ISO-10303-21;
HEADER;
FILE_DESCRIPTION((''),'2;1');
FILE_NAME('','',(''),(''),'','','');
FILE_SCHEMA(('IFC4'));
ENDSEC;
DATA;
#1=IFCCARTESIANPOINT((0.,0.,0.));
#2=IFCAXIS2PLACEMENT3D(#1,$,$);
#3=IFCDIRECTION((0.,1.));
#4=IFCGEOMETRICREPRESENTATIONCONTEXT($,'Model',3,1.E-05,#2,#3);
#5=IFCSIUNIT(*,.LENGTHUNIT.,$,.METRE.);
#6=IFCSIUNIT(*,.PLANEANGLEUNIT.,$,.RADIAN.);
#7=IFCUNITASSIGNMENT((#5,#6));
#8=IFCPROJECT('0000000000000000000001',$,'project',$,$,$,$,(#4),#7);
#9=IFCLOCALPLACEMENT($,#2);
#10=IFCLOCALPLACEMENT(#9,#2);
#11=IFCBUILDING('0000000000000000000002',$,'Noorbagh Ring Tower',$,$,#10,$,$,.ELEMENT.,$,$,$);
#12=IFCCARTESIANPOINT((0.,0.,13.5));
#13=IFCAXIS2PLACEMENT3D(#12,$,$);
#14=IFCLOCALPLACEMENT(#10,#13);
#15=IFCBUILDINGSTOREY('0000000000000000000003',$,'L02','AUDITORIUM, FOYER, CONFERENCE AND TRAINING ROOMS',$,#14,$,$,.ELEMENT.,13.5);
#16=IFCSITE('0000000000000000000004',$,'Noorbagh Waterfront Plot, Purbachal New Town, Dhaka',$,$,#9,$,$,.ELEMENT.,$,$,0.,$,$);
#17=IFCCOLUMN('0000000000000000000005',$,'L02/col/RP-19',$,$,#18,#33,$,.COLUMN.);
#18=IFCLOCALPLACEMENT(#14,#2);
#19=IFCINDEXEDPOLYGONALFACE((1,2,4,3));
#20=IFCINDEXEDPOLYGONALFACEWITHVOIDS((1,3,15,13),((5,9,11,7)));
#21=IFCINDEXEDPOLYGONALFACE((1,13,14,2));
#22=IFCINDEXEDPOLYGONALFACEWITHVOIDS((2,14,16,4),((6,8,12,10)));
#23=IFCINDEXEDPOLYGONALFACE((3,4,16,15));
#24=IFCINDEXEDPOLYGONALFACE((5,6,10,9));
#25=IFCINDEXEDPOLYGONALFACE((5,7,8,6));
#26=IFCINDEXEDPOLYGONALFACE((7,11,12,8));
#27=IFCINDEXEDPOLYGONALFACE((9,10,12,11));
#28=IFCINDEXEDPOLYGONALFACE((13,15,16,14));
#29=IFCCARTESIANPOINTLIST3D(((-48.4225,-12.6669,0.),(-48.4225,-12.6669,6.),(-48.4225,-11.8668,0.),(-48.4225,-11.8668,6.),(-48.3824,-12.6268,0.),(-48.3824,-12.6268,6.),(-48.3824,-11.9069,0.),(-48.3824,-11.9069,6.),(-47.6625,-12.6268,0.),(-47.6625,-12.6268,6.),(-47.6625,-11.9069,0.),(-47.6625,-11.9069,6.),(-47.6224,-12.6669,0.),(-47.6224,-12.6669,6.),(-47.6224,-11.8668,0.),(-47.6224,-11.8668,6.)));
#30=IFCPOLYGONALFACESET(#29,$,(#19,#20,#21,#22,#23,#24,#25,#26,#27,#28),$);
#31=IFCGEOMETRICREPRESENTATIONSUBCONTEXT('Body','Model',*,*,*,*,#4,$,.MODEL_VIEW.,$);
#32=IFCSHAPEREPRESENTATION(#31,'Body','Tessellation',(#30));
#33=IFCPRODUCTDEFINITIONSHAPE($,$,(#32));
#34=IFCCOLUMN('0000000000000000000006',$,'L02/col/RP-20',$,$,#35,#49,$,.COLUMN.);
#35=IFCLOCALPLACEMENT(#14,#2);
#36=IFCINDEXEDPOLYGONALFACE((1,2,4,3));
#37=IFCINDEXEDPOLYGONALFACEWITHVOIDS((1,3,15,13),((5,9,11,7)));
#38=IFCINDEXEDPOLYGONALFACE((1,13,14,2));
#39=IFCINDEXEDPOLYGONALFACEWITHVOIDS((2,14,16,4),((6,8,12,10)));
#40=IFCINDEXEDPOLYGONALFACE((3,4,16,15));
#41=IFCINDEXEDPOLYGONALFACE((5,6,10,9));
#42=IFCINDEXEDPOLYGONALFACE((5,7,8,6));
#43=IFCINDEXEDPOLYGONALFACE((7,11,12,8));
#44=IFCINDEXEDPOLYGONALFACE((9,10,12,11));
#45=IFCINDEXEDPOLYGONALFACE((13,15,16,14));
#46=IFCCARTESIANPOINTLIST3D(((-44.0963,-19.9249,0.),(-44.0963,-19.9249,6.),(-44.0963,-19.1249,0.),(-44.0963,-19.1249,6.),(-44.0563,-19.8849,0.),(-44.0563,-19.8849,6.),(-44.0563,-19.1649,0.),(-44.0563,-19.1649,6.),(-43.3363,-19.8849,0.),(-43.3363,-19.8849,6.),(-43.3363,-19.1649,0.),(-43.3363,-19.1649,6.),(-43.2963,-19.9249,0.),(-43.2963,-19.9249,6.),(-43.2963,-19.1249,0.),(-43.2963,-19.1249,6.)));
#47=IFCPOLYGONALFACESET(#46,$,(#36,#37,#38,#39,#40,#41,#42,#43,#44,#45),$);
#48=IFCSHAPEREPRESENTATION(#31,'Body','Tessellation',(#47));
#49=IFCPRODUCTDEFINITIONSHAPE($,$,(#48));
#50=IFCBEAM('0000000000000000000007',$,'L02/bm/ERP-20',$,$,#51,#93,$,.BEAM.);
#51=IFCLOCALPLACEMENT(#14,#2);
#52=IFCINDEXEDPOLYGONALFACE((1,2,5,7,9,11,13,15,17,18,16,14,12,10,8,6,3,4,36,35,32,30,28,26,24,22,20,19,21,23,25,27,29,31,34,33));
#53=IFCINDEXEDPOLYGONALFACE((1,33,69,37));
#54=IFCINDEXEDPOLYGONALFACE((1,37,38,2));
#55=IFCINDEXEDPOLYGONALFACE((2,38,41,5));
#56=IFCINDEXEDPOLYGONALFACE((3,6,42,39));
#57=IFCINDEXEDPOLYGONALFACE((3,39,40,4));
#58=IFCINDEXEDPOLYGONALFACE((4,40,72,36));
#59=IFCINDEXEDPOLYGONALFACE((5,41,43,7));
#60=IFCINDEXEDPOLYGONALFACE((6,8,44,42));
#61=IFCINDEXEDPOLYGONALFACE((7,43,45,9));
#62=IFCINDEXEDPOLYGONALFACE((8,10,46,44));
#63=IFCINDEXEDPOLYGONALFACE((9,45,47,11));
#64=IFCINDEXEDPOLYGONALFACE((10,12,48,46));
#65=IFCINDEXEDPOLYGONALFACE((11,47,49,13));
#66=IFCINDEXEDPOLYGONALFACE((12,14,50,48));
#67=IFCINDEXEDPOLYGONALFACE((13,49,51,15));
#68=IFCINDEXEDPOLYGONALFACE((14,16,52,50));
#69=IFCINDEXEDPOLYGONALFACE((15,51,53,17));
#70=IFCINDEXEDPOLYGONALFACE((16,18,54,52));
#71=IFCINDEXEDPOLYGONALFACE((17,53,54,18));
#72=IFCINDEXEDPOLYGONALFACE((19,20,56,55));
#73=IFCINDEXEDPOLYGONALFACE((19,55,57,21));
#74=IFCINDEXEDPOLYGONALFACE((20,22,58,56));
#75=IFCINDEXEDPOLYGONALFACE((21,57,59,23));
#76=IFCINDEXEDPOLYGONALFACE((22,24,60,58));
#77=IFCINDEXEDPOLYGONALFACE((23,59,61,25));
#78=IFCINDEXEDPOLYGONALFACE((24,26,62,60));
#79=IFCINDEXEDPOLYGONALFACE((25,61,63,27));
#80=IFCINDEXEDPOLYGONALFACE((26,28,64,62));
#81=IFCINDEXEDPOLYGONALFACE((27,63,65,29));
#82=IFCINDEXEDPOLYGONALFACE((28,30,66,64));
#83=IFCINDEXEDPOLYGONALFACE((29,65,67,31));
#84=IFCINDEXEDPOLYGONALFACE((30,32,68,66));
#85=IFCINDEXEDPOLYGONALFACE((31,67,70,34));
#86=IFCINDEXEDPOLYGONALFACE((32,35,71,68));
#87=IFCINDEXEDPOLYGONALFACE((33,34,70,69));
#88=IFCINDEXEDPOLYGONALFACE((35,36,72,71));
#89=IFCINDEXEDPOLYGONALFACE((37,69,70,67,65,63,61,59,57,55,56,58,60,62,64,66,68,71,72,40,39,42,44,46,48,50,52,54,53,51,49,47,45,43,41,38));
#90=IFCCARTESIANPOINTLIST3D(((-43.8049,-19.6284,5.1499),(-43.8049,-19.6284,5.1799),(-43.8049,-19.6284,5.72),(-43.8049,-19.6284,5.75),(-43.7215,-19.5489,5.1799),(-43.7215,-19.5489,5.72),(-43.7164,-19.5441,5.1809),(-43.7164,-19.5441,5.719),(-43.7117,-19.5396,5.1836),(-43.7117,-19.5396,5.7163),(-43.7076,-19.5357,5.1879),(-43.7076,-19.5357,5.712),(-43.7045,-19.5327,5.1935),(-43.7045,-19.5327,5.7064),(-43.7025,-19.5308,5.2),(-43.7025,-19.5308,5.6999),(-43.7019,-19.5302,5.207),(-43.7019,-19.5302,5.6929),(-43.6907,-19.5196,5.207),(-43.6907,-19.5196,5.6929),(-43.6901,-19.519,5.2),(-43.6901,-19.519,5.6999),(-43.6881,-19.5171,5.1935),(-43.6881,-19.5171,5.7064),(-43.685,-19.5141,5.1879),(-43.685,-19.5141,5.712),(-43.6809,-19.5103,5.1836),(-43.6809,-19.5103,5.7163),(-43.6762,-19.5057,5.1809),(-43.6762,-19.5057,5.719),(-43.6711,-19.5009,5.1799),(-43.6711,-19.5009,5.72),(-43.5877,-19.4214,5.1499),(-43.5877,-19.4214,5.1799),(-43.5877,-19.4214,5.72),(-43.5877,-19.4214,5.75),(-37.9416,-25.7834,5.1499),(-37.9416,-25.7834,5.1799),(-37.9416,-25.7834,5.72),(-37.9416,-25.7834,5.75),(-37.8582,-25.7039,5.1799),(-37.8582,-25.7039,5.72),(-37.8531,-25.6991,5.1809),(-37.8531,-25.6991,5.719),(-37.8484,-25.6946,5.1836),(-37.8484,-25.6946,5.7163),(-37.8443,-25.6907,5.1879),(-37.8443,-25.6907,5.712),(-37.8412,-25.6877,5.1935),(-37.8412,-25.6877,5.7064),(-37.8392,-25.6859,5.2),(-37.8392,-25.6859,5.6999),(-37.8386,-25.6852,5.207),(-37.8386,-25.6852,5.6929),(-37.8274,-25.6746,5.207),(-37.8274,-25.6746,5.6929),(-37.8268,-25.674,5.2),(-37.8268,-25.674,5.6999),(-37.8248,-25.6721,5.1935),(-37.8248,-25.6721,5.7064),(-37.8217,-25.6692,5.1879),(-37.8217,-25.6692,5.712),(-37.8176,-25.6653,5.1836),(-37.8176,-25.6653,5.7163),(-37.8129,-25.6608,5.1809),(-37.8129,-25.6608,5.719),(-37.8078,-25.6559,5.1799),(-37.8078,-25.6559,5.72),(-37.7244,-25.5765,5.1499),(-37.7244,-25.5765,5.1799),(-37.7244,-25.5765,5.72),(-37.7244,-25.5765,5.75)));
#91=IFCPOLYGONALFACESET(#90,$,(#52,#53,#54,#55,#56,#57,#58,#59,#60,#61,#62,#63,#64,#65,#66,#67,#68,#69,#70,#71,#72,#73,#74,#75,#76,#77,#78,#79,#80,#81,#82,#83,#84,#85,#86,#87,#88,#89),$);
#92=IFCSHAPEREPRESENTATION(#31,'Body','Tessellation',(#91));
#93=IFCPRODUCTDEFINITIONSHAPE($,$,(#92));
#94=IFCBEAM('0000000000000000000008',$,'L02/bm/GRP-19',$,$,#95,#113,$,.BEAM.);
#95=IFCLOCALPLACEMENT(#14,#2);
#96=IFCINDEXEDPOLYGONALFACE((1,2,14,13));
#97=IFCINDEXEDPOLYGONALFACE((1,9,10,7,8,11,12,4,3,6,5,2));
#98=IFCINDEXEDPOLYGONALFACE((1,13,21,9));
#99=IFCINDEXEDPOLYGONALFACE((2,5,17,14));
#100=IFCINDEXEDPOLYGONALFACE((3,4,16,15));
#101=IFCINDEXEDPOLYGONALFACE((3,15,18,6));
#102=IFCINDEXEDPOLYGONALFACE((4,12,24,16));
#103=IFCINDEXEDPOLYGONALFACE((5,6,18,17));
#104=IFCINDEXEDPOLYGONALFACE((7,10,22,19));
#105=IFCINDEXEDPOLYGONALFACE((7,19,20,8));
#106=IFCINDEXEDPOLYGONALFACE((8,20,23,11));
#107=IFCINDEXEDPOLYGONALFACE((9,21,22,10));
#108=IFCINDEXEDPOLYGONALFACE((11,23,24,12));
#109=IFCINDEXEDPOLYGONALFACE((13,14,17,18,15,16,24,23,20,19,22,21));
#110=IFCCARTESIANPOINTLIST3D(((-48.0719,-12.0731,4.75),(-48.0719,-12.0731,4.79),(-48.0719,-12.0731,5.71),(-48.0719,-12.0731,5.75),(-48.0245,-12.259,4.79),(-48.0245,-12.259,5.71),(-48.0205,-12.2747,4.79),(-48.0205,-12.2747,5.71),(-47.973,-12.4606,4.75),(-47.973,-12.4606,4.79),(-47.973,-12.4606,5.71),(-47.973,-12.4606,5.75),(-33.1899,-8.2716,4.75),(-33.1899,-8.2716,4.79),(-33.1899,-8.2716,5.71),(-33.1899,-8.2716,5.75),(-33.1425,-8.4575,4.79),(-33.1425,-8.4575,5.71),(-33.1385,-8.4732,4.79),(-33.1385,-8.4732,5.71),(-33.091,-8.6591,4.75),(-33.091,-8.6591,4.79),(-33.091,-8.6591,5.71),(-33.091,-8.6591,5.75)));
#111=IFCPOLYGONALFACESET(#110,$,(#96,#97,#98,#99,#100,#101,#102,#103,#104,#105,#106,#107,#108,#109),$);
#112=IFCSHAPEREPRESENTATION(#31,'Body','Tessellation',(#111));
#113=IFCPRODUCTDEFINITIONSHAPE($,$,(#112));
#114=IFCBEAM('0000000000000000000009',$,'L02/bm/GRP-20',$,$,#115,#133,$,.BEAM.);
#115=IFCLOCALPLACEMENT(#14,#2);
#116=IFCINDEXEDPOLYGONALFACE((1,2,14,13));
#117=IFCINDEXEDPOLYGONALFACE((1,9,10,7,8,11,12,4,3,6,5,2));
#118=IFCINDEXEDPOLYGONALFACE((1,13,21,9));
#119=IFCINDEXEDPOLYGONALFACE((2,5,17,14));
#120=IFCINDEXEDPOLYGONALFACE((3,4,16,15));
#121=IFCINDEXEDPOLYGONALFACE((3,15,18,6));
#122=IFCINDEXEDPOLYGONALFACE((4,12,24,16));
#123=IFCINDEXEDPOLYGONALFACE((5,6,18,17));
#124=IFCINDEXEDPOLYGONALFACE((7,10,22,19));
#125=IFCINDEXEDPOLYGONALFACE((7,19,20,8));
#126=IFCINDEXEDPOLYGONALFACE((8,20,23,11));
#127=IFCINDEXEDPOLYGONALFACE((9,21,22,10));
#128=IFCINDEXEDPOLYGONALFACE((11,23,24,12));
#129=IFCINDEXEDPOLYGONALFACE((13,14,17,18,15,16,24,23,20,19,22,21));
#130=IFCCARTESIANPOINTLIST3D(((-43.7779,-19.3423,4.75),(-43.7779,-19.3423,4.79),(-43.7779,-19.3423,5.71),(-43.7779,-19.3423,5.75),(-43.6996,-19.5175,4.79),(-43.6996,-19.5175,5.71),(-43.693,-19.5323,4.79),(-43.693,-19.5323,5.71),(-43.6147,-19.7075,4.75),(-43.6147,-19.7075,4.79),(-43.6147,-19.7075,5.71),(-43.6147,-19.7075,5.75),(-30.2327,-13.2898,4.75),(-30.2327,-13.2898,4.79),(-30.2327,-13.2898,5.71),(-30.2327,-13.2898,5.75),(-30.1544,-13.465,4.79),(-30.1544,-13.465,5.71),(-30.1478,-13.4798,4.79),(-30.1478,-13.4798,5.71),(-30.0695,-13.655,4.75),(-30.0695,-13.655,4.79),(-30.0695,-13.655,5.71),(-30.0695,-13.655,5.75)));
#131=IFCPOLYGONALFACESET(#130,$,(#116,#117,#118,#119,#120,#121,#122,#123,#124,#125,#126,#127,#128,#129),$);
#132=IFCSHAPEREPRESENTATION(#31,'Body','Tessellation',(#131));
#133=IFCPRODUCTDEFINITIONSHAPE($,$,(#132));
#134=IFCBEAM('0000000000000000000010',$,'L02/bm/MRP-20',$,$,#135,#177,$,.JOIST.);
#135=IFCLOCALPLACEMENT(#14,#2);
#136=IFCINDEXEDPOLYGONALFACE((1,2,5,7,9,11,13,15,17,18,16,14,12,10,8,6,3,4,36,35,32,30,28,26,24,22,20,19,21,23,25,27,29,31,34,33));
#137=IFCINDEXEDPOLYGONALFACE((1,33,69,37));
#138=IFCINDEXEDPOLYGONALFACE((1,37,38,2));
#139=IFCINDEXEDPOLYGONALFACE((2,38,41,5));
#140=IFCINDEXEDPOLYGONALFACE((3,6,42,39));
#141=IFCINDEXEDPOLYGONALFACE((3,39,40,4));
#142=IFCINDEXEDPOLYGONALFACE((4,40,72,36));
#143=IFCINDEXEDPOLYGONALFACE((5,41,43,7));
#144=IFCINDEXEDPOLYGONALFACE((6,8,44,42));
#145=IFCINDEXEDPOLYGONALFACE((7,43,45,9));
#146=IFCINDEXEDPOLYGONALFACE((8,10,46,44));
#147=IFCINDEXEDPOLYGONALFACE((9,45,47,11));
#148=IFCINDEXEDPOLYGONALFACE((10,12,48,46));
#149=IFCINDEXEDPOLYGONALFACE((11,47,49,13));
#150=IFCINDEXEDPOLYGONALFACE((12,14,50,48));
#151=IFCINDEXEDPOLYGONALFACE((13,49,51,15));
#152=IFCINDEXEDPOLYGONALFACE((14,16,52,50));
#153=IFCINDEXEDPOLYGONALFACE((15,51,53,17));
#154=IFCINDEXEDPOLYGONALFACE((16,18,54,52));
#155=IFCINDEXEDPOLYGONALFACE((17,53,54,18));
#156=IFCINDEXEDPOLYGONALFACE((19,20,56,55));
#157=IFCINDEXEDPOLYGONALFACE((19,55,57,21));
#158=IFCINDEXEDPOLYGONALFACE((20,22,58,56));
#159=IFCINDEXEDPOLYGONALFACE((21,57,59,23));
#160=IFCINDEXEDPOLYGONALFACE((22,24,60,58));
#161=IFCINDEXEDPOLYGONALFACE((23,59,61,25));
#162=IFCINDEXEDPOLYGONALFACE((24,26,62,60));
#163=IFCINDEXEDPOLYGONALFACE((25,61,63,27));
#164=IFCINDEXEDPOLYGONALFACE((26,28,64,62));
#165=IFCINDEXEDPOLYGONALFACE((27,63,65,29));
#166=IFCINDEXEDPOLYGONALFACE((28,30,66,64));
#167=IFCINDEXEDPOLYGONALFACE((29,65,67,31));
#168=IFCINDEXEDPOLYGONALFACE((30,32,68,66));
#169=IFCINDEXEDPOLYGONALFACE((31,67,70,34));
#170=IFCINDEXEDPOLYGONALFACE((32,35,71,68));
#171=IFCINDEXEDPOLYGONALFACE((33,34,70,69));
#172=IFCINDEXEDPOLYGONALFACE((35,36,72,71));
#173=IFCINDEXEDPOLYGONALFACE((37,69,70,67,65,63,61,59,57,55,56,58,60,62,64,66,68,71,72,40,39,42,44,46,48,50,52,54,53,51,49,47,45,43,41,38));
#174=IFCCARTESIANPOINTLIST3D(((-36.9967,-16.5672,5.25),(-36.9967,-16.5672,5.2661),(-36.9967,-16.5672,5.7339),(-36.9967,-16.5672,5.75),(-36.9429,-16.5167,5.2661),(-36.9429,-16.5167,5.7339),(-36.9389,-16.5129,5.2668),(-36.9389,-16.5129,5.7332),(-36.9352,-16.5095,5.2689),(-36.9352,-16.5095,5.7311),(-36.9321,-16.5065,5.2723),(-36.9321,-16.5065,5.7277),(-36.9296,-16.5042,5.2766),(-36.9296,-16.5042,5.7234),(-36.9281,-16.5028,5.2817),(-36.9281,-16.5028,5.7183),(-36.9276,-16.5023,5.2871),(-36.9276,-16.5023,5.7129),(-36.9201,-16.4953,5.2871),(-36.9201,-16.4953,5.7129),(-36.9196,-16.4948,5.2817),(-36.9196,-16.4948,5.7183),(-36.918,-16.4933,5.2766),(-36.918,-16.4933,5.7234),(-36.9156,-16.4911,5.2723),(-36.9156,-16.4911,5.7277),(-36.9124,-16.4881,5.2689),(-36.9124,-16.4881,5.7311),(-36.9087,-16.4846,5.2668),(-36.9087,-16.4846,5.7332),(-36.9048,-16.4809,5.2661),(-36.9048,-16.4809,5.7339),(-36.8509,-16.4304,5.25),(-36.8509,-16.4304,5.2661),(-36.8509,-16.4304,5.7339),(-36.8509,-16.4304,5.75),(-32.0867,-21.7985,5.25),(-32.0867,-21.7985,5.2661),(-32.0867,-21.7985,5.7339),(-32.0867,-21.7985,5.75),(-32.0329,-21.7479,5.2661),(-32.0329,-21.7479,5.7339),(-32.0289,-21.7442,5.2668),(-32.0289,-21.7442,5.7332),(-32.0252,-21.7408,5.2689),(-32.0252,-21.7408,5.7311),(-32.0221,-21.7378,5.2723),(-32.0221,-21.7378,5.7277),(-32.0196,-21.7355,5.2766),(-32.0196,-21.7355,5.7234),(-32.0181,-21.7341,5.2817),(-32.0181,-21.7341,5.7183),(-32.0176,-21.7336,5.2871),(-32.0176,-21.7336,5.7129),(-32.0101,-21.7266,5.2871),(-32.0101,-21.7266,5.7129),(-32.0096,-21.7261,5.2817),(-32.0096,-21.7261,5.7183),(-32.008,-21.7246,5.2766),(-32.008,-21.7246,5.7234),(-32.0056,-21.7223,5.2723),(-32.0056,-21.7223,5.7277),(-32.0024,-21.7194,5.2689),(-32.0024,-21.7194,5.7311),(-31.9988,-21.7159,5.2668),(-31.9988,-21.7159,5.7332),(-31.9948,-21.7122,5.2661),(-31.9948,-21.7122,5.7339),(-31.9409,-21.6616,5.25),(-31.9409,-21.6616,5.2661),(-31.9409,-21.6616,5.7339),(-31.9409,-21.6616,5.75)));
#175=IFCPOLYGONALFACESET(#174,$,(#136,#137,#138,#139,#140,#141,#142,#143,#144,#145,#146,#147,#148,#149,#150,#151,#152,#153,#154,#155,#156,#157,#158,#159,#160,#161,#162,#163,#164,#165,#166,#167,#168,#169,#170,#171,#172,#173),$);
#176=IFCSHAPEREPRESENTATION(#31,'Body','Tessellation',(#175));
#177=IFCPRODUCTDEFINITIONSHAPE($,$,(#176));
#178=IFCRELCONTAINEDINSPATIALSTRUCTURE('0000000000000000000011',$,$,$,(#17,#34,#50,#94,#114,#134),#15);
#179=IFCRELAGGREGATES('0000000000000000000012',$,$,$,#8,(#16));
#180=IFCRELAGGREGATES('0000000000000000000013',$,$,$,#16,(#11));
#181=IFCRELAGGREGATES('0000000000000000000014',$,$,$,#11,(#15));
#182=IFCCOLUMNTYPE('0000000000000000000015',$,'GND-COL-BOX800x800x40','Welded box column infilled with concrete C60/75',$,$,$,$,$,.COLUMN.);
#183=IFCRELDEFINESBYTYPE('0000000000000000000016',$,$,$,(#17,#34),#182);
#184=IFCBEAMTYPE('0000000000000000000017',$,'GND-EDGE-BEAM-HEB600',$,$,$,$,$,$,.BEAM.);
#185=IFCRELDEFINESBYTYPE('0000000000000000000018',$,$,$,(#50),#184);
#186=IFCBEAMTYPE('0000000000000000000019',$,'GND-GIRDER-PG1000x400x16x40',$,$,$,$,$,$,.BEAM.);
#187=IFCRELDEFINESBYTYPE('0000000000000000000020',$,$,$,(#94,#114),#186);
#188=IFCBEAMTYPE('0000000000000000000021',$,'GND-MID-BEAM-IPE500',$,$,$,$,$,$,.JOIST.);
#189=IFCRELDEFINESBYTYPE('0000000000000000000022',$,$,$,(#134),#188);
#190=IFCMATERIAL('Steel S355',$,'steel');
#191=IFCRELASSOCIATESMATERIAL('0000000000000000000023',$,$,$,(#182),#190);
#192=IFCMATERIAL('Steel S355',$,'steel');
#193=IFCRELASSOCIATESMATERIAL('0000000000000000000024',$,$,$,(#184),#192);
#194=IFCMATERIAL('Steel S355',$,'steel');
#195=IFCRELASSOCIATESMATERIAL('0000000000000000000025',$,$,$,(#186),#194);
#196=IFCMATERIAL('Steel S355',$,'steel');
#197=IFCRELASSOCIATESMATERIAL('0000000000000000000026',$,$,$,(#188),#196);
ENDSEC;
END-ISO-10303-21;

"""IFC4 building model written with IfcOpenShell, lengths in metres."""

from ifc_helpers import new_model, si_unit, direction, frame, origin, origin_2d, place, context, subcontext, project, spatial, hollow_rectangle, i_section, extrude, material, material_profile, profile_set, type_object, element, save


model = new_model("IFC4")

# Units and contexts
model_context = context("Model", 3, precision=1e-05, world=origin(), true_north=direction((0.0, 1.0)))
body_context = subcontext(model_context, "Body", "Model", "MODEL_VIEW")
ifc_project = project(units=[si_unit("LENGTHUNIT", "METRE"), si_unit("PLANEANGLEUNIT", "RADIAN")], contexts=[model_context])

# Site, building, storey
site_placement = place(None, origin())
site = spatial("IfcSite", under=ifc_project, at=site_placement, Name="Noorbagh Waterfront Plot, Purbachal New Town, Dhaka", CompositionType="ELEMENT", RefElevation=0.0)
building_placement = place(site_placement, origin())
building = spatial("IfcBuilding", under=site, at=building_placement, Name="Noorbagh Ring Tower", CompositionType="ELEMENT")
storey_placement = place(building_placement, frame((0.0, 0.0, 13.5)))
storey = spatial("IfcBuildingStorey", under=building, at=storey_placement, Name="L02", Description="AUDITORIUM, FOYER, CONFERENCE AND TRAINING ROOMS", CompositionType="ELEMENT", Elevation=13.5)

# Columns
ifc_material_1 = material(Name="Steel S355", Category="steel")
ifc_material_profile_1 = material_profile(ifc_material_1, hollow_rectangle(XDim=0.8, YDim=0.8, WallThickness=0.04, at=origin_2d()), Name="BOX800x800x40")
ifc_profile_set_1 = profile_set([ifc_material_profile_1], Name="Steel S355")
column_type = type_object("IfcColumnType", Name="GND-COL-BOX800x800x40", Description="Welded box column infilled with concrete C60/75", PredefinedType="COLUMN", material=ifc_profile_set_1)
for number, where, z_axis, x_axis, name in (
    (1, (-48.0225, -12.2668, 0.0), (0.0, 0.0, 1.0), (1.0, 0.0, 0.0), "L02/col/RP-19"),
    (2, (-43.6963, -19.5249, 0.0), (0.0, 0.0, 1.0), (1.0, 0.0, 0.0), "L02/col/RP-20"),
):
    element("IfcColumn", number, at=place(storey_placement, frame(where, z_axis=z_axis, x_axis=x_axis)), inside=storey, type_object=column_type, Name=name, PredefinedType="COLUMN", context=body_context, shape_type="SweptSolid", body=[
        extrude(hollow_rectangle(XDim=0.8, YDim=0.8, WallThickness=0.04, at=origin_2d()), origin(), (0.0, 0.0, 1.0), 6.0),
    ])

# Beams
ifc_material_2 = material(Name="Steel S355", Category="steel")
ifc_material_profile_2 = material_profile(ifc_material_2, i_section(OverallWidth=0.3, OverallDepth=0.6001, WebThickness=0.0154, FlangeThickness=0.03, FilletRadius=0.0271, at=origin_2d()), Name="HEB600")
ifc_profile_set_2 = profile_set([ifc_material_profile_2], Name="Steel S355")
beam_type_1 = type_object("IfcBeamType", Name="GND-EDGE-BEAM-HEB600", PredefinedType="BEAM", material=ifc_profile_set_2)
beam_1_placement = place(storey_placement, frame((-43.6963, -19.5249, 5.45), z_axis=(0.689738, -0.724059, 0.0), x_axis=(0.724059, 0.689738, 0.0)))
element("IfcBeam", 3, at=beam_1_placement, inside=storey, type_object=beam_type_1, Name="L02/bm/ERP-20", PredefinedType="BEAM", context=body_context, shape_type="SweptSolid", body=[
    extrude(i_section(OverallWidth=0.3, OverallDepth=0.6001, WebThickness=0.0154, FlangeThickness=0.03, FilletRadius=0.0271, at=origin_2d()), origin(), (0.0, 0.0, 1.0), 8.5007),
])
ifc_material_3 = material(Name="Steel S355", Category="steel")
ifc_material_profile_3 = material_profile(ifc_material_3, i_section(OverallWidth=0.3999, OverallDepth=1.0, WebThickness=0.0161, FlangeThickness=0.04, at=origin_2d()), Name="PG1000x400x16x40")
ifc_profile_set_3 = profile_set([ifc_material_profile_3], Name="Steel S355")
beam_type_2 = type_object("IfcBeamType", Name="GND-GIRDER-PG1000x400x16x40", PredefinedType="BEAM", material=ifc_profile_set_3)
beam_2_placement = place(storey_placement, frame((-48.0225, -12.2668, 5.25), z_axis=(0.968889, 0.247495, 0.0), x_axis=(-0.247495, 0.968889, 0.0)))
element("IfcBeam", 4, at=beam_2_placement, inside=storey, type_object=beam_type_2, Name="L02/bm/GRP-19", PredefinedType="BEAM", context=body_context, shape_type="SweptSolid", body=[
    extrude(i_section(OverallWidth=0.3999, OverallDepth=1.0, WebThickness=0.0161, FlangeThickness=0.04, at=origin_2d()), origin(), (0.0, 0.0, 1.0), 15.3599),
])
beam_3_placement = place(storey_placement, frame((-43.6963, -19.5249, 5.25), z_axis=(0.912999, 0.407962, 0.0), x_axis=(-0.407962, 0.912999, 0.0)))
element("IfcBeam", 5, at=beam_3_placement, inside=storey, type_object=beam_type_2, Name="L02/bm/GRP-20", PredefinedType="BEAM", context=body_context, shape_type="SweptSolid", body=[
    extrude(i_section(OverallWidth=0.3999, OverallDepth=1.0, WebThickness=0.0161, FlangeThickness=0.04, at=origin_2d()), origin(), (0.0, 0.0, 1.0), 14.8359),
])
ifc_material_4 = material(Name="Steel S355", Category="steel")
ifc_material_profile_4 = material_profile(ifc_material_4, i_section(OverallWidth=0.2, OverallDepth=0.5, WebThickness=0.0103, FlangeThickness=0.0161, FilletRadius=0.021, at=origin_2d()), Name="IPE500")
ifc_profile_set_4 = profile_set([ifc_material_profile_4], Name="Steel S355")
beam_type_3 = type_object("IfcBeamType", Name="GND-MID-BEAM-IPE500", PredefinedType="JOIST", material=ifc_profile_set_4)
beam_4_placement = place(storey_placement, frame((-36.9238, -16.4988, 5.5), z_axis=(0.684361, -0.729143, 0.0), x_axis=(0.729143, 0.684361, 0.0)))
element("IfcBeam", 6, at=beam_4_placement, inside=storey, type_object=beam_type_3, Name="L02/bm/MRP-20", PredefinedType="JOIST", context=body_context, shape_type="SweptSolid", body=[
    extrude(i_section(OverallWidth=0.2, OverallDepth=0.5, WebThickness=0.0103, FlangeThickness=0.0161, FilletRadius=0.021, at=origin_2d()), origin(), (0.0, 0.0, 1.0), 7.1746),
])

save(model, "model.ifc")
